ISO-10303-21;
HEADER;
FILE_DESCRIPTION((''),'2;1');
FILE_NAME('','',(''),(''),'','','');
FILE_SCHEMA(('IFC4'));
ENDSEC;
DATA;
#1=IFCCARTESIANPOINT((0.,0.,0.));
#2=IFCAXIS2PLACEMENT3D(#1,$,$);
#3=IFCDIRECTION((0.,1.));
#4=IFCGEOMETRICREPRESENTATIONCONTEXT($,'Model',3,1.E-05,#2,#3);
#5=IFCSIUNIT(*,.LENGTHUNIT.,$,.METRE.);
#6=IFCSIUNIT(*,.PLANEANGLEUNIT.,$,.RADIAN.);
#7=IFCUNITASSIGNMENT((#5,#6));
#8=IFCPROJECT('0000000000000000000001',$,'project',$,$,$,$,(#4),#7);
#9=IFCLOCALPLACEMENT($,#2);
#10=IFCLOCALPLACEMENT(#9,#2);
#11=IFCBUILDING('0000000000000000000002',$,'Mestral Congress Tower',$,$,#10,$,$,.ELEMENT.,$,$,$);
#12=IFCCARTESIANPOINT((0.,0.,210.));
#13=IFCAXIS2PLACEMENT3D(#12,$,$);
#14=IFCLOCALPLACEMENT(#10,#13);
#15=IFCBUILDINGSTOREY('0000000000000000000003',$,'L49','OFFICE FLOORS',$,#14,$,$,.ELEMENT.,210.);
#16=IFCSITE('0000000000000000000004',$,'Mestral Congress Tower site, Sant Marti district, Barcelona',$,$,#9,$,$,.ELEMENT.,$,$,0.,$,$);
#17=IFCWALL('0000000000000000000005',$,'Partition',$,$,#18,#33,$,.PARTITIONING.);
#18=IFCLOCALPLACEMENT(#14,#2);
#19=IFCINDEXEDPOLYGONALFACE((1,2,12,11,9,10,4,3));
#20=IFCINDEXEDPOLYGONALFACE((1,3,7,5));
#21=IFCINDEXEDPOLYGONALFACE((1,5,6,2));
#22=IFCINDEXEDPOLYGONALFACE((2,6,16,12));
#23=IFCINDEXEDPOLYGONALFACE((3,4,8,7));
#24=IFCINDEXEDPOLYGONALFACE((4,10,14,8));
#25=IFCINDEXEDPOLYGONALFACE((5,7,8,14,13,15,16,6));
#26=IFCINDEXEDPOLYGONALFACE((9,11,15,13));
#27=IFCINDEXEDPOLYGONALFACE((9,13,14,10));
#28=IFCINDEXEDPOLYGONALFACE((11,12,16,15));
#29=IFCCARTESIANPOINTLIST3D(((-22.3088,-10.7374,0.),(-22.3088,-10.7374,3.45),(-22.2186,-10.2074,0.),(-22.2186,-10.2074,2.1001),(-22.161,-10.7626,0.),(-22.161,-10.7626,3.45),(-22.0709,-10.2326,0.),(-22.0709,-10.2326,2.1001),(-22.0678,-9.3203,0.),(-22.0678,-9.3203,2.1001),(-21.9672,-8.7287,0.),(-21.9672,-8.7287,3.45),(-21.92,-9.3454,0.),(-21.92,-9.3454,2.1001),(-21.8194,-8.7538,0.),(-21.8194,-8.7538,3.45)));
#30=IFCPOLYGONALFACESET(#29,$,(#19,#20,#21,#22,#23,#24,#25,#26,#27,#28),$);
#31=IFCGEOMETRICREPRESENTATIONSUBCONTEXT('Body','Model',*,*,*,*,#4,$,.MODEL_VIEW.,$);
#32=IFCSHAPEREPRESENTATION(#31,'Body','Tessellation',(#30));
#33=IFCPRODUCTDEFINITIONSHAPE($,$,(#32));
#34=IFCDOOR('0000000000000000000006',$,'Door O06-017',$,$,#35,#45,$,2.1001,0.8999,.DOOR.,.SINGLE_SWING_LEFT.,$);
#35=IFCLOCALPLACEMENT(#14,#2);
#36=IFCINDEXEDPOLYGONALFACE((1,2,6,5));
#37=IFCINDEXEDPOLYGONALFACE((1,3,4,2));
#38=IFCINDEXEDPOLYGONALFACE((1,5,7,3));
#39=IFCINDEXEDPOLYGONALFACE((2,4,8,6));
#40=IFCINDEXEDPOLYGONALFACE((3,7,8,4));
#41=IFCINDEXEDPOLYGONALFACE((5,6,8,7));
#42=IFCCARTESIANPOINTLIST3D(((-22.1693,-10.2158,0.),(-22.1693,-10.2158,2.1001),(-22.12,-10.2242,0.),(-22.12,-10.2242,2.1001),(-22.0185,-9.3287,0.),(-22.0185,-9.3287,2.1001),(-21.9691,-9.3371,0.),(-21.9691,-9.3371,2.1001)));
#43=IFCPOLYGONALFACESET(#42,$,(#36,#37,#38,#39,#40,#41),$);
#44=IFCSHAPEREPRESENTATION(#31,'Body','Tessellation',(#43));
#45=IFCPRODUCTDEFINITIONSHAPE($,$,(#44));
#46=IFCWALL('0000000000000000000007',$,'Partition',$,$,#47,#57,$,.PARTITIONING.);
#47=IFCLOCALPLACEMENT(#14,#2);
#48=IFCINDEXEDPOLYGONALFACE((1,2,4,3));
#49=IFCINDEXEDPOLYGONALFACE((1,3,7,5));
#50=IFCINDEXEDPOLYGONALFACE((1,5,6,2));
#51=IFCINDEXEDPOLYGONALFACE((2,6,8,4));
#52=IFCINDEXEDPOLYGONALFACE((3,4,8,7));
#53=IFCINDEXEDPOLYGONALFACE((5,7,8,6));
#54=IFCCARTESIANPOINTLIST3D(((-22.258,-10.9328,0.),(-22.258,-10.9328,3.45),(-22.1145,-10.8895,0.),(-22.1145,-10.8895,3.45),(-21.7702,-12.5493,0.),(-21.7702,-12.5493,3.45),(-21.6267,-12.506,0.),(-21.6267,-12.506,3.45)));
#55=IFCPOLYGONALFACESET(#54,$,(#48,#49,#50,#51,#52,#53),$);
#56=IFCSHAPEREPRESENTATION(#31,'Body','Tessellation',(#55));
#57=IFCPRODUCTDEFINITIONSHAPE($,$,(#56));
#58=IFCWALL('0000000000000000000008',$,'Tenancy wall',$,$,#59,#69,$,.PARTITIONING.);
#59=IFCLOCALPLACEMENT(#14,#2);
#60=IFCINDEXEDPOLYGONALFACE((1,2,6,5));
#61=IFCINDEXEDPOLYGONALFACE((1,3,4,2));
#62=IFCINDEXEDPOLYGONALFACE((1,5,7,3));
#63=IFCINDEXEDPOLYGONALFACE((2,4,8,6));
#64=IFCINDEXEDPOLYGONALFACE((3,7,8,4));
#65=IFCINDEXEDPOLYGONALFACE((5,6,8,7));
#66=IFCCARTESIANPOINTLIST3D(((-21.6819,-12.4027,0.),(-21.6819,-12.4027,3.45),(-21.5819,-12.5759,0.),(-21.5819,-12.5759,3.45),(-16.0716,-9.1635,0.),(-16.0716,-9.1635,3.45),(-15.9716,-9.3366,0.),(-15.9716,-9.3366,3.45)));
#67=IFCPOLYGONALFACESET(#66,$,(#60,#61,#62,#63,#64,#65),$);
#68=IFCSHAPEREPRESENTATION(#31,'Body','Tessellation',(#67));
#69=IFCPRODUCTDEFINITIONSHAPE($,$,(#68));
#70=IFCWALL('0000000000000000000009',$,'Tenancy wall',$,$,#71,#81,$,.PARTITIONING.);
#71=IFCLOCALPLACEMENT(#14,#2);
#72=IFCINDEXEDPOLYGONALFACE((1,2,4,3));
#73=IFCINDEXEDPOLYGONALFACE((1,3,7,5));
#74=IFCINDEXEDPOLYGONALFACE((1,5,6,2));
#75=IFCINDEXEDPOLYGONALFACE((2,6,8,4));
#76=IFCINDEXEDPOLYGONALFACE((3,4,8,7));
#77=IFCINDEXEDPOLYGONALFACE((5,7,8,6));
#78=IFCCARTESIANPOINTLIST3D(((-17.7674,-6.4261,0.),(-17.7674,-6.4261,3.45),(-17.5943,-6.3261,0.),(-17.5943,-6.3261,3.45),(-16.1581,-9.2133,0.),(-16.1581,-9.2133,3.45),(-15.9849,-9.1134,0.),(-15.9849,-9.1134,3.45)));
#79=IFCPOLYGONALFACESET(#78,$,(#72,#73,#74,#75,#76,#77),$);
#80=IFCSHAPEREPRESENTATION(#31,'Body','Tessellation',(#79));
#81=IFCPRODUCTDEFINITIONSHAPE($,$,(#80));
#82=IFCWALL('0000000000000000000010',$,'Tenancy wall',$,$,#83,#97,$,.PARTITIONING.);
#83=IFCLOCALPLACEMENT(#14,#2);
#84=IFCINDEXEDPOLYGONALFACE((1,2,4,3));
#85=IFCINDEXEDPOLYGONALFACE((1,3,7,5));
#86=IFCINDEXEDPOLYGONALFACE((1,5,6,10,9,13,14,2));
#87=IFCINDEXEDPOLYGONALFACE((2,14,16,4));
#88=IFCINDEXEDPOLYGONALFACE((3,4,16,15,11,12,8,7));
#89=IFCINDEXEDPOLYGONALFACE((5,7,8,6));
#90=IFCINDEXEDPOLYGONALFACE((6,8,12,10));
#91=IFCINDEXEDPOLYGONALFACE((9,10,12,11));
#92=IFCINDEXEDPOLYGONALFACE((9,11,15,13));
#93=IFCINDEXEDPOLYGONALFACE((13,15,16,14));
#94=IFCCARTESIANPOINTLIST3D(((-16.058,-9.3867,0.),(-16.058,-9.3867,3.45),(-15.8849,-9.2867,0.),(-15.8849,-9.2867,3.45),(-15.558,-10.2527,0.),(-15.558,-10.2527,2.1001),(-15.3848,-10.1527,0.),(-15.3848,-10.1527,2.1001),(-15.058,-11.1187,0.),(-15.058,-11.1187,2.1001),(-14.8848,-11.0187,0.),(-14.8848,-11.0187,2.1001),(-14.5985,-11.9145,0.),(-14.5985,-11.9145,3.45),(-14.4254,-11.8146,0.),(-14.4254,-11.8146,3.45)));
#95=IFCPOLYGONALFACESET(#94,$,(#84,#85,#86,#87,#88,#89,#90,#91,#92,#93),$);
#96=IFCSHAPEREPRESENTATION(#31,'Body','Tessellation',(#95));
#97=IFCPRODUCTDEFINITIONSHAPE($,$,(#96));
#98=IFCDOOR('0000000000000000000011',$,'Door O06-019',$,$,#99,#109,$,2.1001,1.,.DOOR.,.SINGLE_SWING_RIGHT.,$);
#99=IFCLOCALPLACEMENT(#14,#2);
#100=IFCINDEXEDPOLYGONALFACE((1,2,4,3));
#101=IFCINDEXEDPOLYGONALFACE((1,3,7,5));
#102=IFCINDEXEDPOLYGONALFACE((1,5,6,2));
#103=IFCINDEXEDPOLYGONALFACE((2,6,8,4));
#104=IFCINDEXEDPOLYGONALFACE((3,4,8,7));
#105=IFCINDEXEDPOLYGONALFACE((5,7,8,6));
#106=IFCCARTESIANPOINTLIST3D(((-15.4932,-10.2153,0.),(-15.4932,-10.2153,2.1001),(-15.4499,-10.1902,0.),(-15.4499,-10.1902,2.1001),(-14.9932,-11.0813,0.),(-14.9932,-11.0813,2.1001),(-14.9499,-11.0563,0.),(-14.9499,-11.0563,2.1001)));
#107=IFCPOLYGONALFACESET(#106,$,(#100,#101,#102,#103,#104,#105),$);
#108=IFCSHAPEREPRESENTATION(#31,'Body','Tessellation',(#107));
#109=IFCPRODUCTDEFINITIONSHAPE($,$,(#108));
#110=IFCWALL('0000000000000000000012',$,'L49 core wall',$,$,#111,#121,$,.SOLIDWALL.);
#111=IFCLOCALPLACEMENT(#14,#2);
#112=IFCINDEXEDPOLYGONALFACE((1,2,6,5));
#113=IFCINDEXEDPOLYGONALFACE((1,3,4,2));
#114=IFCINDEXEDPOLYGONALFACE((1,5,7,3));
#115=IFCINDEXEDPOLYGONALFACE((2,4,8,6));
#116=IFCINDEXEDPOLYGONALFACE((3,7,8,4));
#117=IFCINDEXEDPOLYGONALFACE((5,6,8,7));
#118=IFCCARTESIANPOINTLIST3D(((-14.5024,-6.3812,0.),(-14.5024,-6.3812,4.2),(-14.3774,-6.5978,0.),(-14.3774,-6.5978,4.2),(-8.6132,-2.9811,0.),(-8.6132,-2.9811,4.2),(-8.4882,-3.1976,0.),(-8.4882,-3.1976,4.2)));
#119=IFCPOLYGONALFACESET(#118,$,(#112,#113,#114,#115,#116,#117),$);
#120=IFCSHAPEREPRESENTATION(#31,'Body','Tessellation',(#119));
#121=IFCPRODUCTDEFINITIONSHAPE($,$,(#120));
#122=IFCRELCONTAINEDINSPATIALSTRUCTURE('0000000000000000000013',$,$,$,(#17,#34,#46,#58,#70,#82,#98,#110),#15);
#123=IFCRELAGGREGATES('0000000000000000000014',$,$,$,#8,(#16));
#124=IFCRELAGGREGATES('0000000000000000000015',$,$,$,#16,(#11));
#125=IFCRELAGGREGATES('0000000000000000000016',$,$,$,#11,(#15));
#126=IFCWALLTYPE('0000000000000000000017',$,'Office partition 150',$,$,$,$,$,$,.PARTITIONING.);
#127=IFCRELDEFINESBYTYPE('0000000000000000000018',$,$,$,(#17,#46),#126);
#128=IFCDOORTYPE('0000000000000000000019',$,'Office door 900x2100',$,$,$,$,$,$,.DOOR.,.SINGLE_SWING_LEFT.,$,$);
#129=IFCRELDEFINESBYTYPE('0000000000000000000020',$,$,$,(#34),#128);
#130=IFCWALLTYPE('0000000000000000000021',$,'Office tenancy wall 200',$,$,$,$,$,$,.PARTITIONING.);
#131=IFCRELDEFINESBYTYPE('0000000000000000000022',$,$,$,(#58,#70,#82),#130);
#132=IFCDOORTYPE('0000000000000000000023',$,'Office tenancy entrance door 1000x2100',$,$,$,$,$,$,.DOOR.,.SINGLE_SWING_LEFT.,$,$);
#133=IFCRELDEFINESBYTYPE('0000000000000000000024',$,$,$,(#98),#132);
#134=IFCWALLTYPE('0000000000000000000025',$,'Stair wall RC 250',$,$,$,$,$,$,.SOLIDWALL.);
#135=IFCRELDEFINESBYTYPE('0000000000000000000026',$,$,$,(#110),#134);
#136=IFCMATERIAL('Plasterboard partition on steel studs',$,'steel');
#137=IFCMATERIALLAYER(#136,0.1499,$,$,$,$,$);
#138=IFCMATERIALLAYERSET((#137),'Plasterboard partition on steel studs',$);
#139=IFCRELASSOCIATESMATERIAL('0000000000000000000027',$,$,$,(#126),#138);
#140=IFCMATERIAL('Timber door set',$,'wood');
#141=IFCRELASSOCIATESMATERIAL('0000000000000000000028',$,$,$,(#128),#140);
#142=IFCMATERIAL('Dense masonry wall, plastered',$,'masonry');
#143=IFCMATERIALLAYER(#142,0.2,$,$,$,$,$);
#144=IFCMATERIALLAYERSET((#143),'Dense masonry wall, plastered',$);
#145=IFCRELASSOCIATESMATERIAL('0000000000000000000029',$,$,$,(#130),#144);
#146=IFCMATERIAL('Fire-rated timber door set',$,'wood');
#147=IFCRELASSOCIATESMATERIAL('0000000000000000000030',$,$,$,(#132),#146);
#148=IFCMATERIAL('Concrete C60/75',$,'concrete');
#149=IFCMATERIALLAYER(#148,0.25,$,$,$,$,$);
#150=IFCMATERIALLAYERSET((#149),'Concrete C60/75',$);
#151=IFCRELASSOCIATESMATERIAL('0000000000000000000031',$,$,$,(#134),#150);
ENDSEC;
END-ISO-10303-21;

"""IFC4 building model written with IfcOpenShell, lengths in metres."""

from ifc_helpers import new_model, si_unit, direction, frame, frame_2d, origin, place, context, subcontext, project, spatial, rectangle, extrude, material, layer, layer_set, type_object, element, fill, save


model = new_model("IFC4")

# Units and contexts
model_context = context("Model", 3, precision=1e-05, world=origin(), true_north=direction((0.0, 1.0)))
body_context = subcontext(model_context, "Body", "Model", "MODEL_VIEW")
ifc_project = project(units=[si_unit("LENGTHUNIT", "METRE"), si_unit("PLANEANGLEUNIT", "RADIAN")], contexts=[model_context])

# Site, building, storey
site_placement = place(None, origin())
site = spatial("IfcSite", under=ifc_project, at=site_placement, Name="Mestral Congress Tower site, Sant Marti district, Barcelona", CompositionType="ELEMENT", RefElevation=0.0)
building_placement = place(site_placement, origin())
building = spatial("IfcBuilding", under=site, at=building_placement, Name="Mestral Congress Tower", CompositionType="ELEMENT")
storey_placement = place(building_placement, frame((0.0, 0.0, 210.0)))
storey = spatial("IfcBuildingStorey", under=building, at=storey_placement, Name="L49", Description="OFFICE FLOORS", CompositionType="ELEMENT", Elevation=210.0)

# Shared definitions
ifc_material_1 = material(Name="Concrete C60/75", Category="concrete")

# Shared definitions
ifc_material_2 = material(Name="Plasterboard partition on steel studs", Category="steel")
ifc_layer_1 = layer(ifc_material_2, 0.1499)
ifc_layer_set_1 = layer_set([ifc_layer_1], Name="Plasterboard partition on steel studs")
wall_type_1 = type_object("IfcWallType", Name="Office partition 150", PredefinedType="PARTITIONING", material=ifc_layer_set_1)

# Shared definitions
ifc_material_3 = material(Name="Timber door set", Category="wood")
door_type_1 = type_object("IfcDoorType", Name="Office door 900x2100", OperationType="SINGLE_SWING_LEFT", PredefinedType="DOOR", material=ifc_material_3)

# Wall, opening, door
wall_1_placement = place(storey_placement, frame((-22.2349, -10.75, 0.0), z_axis=(0.0, 0.0, 1.0), x_axis=(0.167623, 0.985851, 0.0)))
wall_1 = element("IfcWall", 1, at=wall_1_placement, inside=storey, type_object=wall_type_1, Name="Partition", PredefinedType="PARTITIONING", context=body_context, shape_type="SweptSolid", body=[
    extrude(rectangle(XDim=2.0376, YDim=0.1499, at=frame_2d((1.0188, 0.0))), origin(), (0.0, 0.0, 1.0), 3.45),
])
opening_1_placement = place(wall_1_placement, frame((0.5376, 0.0, 0.0)))
opening_1 = element("IfcOpeningElement", 2, at=opening_1_placement, cuts=wall_1, PredefinedType="OPENING", context=body_context, shape_type="SweptSolid", body=[
    extrude(rectangle(XDim=0.8999, YDim=2.1001, at=frame_2d((0.45, 1.05))), frame((0.0, 0.085, 0.0), z_axis=(0.0, -1.0, 0.0), x_axis=(1.0, 0.0, 0.0)), (0.0, 0.0, 1.0), 0.1699),
])
door_1_placement = place(opening_1_placement, origin())
door_1 = element("IfcDoor", 3, at=door_1_placement, inside=storey, type_object=door_type_1, Name="Door O06-017", OperationType="SINGLE_SWING_LEFT", OverallHeight=2.1001, OverallWidth=0.8999, PredefinedType="DOOR", context=body_context, shape_type="SweptSolid", body=[
    extrude(rectangle(XDim=0.8999, YDim=2.1001, at=frame_2d((0.45, 1.05))), frame((0.0, 0.0249, 0.0), z_axis=(0.0, -1.0, 0.0), x_axis=(1.0, 0.0, 0.0)), (0.0, 0.0, 1.0), 0.05),
])
fill(opening_1, door_1)

# Walls
wall_2_placement = place(storey_placement, frame((-22.1863, -10.9111, 0.0), z_axis=(0.0, 0.0, 1.0), x_axis=(0.2889, -0.957359, 0.0)))
element("IfcWall", 4, at=wall_2_placement, inside=storey, type_object=wall_type_1, Name="Partition", PredefinedType="PARTITIONING", context=body_context, shape_type="SweptSolid", body=[
    extrude(rectangle(XDim=1.6885, YDim=0.1499, at=frame_2d((0.8442, 0.0))), origin(), (0.0, 0.0, 1.0), 3.45),
])
ifc_material_4 = material(Name="Dense masonry wall, plastered", Category="masonry")
ifc_layer_2 = layer(ifc_material_4, 0.2)
ifc_layer_set_2 = layer_set([ifc_layer_2], Name="Dense masonry wall, plastered")
wall_type_2 = type_object("IfcWallType", Name="Office tenancy wall 200", PredefinedType="PARTITIONING", material=ifc_layer_set_2)
wall_3_placement = place(storey_placement, frame((-16.0215, -9.25, 0.0), z_axis=(0.0, 0.0, 1.0), x_axis=(-0.866017, -0.500014, 0.0)))
element("IfcWall", 5, at=wall_3_placement, inside=storey, type_object=wall_type_2, Name="Tenancy wall", PredefinedType="PARTITIONING", context=body_context, shape_type="SweptSolid", body=[
    extrude(rectangle(XDim=6.4783, YDim=0.2, at=frame_2d((3.2393, 0.0))), origin(), (0.0, 0.0, 1.0), 3.45),
])
wall_4_placement = place(storey_placement, frame((-17.6809, -6.376, 0.0), z_axis=(0.0, 0.0, 1.0), x_axis=(0.500022, -0.866013, 0.0)))
element("IfcWall", 6, at=wall_4_placement, inside=storey, type_object=wall_type_2, Name="Tenancy wall", PredefinedType="PARTITIONING", context=body_context, shape_type="SweptSolid", body=[
    extrude(rectangle(XDim=3.2185, YDim=0.2, at=frame_2d((1.6094, 0.0))), origin(), (0.0, 0.0, 1.0), 3.45),
])

# Wall, opening, door
wall_5_placement = place(storey_placement, frame((-15.9714, -9.3367, 0.0), z_axis=(0.0, 0.0, 1.0), x_axis=(0.500007, -0.866021, 0.0)))
wall_5 = element("IfcWall", 7, at=wall_5_placement, inside=storey, type_object=wall_type_2, Name="Tenancy wall", PredefinedType="PARTITIONING", context=body_context, shape_type="SweptSolid", body=[
    extrude(rectangle(XDim=2.9189, YDim=0.2, at=frame_2d((1.4595, 0.0))), origin(), (0.0, 0.0, 1.0), 3.45),
])
opening_2_placement = place(wall_5_placement, frame((1.0, 0.0, 0.0)))
opening_2 = element("IfcOpeningElement", 8, at=opening_2_placement, cuts=wall_5, PredefinedType="OPENING", context=body_context, shape_type="SweptSolid", body=[
    extrude(rectangle(XDim=1.0, YDim=2.1001, at=frame_2d((0.5, 1.05))), frame((0.0, 0.1099, 0.0), z_axis=(0.0, -1.0, 0.0), x_axis=(1.0, 0.0, 0.0)), (0.0, 0.0, 1.0), 0.22),
])
ifc_material_5 = material(Name="Fire-rated timber door set", Category="wood")
door_type_2 = type_object("IfcDoorType", Name="Office tenancy entrance door 1000x2100", OperationType="SINGLE_SWING_LEFT", PredefinedType="DOOR", material=ifc_material_5)
door_2_placement = place(opening_2_placement, origin())
door_2 = element("IfcDoor", 9, at=door_2_placement, inside=storey, type_object=door_type_2, Name="Door O06-019", OperationType="SINGLE_SWING_RIGHT", OverallHeight=2.1001, OverallWidth=1.0, PredefinedType="DOOR", context=body_context, shape_type="SweptSolid", body=[
    extrude(rectangle(XDim=1.0, YDim=2.1001, at=frame_2d((0.5, 1.05))), frame((0.0, 0.0249, 0.0), z_axis=(0.0, -1.0, 0.0), x_axis=(1.0, 0.0, 0.0)), (0.0, 0.0, 1.0), 0.05),
])
fill(opening_2, door_2)

# Wall
ifc_layer_3 = layer(ifc_material_1, 0.25)
ifc_layer_set_3 = layer_set([ifc_layer_3], Name="Concrete C60/75")
wall_type_3 = type_object("IfcWallType", Name="Stair wall RC 250", PredefinedType="SOLIDWALL", material=ifc_layer_set_3)
wall_6_placement = place(storey_placement, frame((-14.4399, -6.4895, 0.0), z_axis=(0.0, 0.0, 1.0), x_axis=(0.866023, 0.500004, 0.0)))
element("IfcWall", 10, at=wall_6_placement, inside=storey, type_object=wall_type_3, Name="L49 core wall", PredefinedType="SOLIDWALL", context=body_context, shape_type="SweptSolid", body=[
    extrude(rectangle(XDim=6.8003, YDim=0.25, at=frame_2d((3.4001, 0.0))), origin(), (0.0, 0.0, 1.0), 4.2),
])

save(model, "model.ifc")
